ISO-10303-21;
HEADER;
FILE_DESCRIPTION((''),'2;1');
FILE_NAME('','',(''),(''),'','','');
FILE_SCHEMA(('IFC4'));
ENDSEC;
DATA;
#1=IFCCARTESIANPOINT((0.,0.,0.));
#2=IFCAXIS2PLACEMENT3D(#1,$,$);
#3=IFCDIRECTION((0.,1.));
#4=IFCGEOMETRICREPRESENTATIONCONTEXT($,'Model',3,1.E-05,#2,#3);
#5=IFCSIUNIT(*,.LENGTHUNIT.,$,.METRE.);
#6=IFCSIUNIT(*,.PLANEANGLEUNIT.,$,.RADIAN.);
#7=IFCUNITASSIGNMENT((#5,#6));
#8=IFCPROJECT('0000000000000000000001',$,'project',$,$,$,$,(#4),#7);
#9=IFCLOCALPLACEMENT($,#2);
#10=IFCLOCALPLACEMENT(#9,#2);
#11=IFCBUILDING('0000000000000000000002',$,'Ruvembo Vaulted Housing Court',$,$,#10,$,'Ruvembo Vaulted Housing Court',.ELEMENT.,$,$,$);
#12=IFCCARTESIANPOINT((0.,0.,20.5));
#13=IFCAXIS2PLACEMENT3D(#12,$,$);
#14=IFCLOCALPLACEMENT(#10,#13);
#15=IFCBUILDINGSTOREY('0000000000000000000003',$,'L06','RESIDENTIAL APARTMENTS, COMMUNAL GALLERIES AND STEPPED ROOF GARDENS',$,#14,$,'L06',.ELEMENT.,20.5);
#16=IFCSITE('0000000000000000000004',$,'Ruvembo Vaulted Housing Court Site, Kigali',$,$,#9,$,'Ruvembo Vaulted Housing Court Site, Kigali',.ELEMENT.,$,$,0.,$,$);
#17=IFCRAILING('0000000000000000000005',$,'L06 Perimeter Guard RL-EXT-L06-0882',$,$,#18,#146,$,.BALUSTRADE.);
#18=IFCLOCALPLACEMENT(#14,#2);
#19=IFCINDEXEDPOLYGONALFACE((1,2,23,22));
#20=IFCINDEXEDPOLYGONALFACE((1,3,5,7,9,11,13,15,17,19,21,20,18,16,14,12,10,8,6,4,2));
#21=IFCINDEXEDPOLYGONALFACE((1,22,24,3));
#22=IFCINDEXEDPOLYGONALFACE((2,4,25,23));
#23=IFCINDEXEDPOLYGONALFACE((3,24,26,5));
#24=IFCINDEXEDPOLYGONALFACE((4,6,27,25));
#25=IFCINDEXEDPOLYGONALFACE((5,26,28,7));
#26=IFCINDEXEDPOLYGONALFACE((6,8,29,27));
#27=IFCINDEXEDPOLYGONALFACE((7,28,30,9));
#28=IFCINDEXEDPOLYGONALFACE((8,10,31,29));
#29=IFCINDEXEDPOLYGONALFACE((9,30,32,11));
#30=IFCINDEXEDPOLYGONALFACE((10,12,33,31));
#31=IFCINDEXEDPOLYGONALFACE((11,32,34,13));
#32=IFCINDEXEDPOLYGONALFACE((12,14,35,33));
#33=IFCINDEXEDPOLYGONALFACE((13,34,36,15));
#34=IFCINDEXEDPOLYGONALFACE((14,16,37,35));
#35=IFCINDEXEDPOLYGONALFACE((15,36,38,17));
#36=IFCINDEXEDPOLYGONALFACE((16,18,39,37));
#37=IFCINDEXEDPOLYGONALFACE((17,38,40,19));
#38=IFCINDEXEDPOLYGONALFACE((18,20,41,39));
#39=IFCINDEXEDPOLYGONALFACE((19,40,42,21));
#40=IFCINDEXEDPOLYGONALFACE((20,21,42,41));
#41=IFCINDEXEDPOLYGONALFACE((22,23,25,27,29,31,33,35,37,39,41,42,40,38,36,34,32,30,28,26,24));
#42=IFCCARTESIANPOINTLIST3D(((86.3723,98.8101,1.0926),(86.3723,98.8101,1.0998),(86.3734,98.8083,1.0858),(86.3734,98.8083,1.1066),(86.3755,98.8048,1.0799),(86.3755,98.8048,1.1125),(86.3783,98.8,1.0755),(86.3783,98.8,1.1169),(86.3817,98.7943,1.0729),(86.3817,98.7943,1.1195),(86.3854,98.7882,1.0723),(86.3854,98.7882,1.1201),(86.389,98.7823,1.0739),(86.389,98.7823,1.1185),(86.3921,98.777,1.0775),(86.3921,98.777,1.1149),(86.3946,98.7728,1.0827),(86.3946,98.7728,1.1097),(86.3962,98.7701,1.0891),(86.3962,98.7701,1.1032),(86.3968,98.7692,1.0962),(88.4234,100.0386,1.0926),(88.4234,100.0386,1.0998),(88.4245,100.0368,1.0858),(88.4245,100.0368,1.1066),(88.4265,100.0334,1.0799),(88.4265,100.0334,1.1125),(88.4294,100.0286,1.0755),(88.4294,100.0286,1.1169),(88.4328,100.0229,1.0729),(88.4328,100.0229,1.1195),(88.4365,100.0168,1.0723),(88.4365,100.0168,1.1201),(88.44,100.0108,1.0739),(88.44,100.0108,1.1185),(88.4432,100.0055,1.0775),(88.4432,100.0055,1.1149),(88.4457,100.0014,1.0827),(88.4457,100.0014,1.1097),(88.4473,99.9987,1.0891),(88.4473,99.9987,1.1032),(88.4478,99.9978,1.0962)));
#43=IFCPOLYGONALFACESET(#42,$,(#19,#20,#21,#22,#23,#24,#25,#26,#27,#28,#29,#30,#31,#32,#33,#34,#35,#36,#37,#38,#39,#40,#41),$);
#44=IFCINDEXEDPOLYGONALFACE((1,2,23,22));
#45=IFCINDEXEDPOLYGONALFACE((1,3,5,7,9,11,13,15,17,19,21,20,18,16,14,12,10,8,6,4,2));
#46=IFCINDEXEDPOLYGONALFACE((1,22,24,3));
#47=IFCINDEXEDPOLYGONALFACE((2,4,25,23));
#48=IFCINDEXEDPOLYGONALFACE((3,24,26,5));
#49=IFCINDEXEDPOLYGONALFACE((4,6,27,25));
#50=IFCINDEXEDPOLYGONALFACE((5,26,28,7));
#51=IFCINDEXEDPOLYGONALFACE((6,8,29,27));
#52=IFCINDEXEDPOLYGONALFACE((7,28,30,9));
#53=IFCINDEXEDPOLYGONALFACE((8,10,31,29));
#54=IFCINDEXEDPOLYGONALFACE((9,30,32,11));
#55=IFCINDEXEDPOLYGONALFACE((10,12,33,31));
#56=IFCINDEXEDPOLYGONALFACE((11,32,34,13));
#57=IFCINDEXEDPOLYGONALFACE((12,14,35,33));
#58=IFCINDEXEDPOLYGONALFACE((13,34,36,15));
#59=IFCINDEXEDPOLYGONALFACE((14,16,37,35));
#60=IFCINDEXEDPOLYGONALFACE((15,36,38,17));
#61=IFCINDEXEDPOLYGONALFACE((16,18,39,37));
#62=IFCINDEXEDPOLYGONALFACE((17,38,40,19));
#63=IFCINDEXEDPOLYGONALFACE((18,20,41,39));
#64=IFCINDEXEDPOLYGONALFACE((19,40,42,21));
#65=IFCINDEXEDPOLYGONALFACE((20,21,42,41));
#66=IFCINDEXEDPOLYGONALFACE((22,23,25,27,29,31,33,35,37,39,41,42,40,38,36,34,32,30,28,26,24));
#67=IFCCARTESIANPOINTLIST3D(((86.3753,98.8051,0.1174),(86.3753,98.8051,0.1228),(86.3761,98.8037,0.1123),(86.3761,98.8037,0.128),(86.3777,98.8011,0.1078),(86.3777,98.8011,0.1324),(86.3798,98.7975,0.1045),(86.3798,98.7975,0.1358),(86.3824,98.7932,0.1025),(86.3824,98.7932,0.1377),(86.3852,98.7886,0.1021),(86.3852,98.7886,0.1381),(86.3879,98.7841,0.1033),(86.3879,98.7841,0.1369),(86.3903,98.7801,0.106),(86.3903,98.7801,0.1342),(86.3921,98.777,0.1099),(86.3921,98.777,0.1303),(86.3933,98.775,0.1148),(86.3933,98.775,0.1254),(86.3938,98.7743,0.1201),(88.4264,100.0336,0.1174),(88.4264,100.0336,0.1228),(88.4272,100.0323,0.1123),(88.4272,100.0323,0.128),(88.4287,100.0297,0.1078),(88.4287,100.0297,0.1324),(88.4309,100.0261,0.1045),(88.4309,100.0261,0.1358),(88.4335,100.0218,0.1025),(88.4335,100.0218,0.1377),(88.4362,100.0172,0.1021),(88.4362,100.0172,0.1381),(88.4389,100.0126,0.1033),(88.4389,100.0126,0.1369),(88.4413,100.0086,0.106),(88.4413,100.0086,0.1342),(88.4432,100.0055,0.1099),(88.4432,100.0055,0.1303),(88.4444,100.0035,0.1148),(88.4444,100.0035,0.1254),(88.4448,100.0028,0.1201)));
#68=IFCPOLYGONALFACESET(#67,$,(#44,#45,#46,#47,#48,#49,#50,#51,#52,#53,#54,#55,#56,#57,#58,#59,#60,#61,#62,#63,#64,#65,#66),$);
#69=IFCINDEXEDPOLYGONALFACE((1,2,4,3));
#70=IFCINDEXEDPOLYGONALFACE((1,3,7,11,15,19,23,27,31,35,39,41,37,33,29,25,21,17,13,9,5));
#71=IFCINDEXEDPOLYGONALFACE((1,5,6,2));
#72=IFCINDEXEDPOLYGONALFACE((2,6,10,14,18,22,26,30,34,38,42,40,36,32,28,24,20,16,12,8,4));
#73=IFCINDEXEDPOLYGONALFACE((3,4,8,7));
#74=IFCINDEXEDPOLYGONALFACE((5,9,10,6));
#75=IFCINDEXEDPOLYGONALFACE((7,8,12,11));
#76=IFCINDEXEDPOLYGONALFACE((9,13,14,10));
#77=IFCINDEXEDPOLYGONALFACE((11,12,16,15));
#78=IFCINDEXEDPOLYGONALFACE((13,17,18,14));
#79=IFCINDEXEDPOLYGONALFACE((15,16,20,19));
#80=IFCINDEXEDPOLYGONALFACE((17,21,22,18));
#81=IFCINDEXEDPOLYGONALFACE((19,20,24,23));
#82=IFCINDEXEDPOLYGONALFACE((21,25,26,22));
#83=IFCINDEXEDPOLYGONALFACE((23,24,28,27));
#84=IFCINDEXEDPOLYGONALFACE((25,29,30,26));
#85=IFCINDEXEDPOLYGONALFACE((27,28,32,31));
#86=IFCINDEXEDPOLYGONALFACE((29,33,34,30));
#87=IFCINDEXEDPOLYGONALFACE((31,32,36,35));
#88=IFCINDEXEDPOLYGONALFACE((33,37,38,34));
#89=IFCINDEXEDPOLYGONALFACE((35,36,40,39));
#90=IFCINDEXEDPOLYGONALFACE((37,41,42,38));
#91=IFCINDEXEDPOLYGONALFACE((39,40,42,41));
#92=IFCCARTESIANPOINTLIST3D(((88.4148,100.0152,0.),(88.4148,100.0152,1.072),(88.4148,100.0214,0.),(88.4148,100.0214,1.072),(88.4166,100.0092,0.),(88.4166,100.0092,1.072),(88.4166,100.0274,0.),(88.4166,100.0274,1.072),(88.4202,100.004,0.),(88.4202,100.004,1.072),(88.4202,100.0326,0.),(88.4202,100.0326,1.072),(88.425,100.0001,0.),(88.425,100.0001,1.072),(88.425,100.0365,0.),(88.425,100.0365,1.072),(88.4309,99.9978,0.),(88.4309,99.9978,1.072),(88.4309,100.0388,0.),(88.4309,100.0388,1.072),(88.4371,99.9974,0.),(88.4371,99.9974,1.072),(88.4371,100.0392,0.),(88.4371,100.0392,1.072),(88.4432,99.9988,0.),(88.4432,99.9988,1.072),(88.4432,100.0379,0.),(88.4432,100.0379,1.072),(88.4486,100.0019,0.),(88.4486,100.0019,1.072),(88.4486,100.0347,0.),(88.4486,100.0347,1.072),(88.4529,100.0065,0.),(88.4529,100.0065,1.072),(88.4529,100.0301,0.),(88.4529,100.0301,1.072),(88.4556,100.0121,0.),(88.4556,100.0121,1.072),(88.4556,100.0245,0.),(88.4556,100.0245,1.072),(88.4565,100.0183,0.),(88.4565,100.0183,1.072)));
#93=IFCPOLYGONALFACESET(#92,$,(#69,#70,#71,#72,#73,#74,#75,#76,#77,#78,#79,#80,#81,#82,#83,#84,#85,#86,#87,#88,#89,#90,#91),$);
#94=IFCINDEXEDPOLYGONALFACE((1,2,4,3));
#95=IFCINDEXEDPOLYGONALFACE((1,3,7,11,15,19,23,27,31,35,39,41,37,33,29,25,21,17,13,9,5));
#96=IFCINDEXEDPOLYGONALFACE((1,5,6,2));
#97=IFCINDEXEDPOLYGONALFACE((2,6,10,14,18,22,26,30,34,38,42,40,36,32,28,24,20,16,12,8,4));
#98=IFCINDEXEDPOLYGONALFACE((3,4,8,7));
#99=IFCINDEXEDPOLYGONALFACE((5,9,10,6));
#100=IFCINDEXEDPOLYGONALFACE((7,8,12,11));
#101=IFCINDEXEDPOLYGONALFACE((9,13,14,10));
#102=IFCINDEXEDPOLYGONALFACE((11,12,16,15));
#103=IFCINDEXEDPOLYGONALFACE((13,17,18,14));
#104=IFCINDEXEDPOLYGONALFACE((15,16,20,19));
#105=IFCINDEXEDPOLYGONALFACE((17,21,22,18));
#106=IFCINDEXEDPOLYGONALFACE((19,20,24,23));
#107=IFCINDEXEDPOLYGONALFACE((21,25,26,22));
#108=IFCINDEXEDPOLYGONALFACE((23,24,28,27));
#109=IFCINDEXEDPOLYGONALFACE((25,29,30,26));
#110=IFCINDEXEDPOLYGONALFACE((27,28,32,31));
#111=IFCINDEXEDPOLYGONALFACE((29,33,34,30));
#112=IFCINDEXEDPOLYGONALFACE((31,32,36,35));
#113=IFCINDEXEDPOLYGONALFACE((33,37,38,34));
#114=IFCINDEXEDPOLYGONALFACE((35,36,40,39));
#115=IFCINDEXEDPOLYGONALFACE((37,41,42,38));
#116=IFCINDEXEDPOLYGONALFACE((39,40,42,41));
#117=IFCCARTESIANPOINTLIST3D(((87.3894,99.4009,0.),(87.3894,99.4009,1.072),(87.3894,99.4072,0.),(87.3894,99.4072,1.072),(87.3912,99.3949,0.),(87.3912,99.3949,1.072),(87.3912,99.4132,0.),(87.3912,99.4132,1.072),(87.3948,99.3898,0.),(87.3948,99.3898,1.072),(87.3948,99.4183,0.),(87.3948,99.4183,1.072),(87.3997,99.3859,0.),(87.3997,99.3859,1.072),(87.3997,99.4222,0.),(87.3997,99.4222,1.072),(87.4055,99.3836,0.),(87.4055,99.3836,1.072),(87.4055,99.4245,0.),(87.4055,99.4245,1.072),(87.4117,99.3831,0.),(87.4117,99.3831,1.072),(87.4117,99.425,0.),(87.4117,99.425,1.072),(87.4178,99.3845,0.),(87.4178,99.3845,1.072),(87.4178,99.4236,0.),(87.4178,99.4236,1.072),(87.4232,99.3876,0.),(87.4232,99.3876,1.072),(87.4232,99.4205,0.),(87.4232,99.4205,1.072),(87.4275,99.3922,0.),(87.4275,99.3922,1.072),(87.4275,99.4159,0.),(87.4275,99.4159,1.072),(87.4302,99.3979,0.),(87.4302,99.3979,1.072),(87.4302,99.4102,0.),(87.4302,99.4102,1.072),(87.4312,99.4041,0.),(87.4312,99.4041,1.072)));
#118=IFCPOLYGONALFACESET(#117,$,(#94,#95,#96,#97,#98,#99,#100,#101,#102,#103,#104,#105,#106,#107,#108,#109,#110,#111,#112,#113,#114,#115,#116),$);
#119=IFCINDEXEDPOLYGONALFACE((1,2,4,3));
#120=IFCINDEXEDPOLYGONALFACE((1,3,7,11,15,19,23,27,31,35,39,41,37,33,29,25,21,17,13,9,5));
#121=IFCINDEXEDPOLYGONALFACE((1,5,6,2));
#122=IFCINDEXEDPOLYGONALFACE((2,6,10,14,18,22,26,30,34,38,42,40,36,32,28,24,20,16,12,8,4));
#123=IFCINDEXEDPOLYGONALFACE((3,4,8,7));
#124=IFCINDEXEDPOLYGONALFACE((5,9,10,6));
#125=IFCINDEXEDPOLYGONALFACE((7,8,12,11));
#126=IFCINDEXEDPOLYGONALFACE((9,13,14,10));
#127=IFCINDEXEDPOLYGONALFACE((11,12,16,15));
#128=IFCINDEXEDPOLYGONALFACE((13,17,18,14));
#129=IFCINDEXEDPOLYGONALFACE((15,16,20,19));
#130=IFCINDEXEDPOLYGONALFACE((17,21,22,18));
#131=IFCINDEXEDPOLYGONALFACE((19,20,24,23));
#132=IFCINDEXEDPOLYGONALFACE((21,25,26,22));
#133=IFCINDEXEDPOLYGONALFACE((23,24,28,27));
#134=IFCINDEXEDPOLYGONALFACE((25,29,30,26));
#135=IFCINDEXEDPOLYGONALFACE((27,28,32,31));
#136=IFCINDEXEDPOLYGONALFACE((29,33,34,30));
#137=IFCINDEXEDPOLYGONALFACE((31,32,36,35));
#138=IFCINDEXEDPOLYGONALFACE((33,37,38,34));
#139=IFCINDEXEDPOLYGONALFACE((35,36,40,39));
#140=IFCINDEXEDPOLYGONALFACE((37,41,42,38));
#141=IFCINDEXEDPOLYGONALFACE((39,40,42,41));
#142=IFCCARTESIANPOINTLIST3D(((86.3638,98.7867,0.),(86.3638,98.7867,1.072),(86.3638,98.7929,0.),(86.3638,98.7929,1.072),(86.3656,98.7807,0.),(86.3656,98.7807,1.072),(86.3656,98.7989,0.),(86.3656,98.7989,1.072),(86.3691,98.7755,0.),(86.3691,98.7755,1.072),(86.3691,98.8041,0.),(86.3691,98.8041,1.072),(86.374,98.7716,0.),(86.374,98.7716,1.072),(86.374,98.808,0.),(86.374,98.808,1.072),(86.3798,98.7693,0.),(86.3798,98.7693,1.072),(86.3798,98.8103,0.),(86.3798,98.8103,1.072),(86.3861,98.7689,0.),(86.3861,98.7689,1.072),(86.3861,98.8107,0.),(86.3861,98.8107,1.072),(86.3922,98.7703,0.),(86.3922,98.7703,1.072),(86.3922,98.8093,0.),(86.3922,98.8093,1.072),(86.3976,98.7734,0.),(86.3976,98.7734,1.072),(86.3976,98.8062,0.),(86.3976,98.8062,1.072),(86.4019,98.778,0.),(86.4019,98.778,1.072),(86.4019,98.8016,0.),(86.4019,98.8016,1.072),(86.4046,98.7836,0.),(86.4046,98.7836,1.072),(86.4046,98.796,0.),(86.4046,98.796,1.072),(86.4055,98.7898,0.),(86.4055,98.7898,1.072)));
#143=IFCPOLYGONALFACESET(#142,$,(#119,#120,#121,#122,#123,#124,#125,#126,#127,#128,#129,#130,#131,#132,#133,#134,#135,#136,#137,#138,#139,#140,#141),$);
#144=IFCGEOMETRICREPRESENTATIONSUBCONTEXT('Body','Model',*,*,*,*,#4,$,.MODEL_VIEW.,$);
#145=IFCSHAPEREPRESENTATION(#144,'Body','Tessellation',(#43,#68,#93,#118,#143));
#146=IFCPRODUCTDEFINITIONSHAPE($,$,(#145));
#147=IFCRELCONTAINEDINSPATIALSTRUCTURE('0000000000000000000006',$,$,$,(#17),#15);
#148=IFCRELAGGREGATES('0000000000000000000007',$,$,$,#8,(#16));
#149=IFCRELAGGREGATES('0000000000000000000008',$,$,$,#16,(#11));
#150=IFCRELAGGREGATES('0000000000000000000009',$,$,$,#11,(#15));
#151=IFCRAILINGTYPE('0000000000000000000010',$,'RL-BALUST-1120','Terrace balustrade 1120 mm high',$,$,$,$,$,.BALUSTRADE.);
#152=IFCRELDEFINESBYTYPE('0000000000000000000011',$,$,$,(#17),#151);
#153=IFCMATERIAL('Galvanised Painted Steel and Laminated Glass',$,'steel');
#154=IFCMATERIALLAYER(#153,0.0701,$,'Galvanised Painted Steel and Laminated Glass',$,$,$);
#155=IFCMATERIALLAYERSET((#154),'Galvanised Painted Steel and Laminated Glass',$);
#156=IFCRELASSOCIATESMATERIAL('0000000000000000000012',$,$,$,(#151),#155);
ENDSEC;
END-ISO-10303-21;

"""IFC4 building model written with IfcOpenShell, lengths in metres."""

from ifc_helpers import new_model, si_unit, direction, frame, origin, origin_2d, place, context, subcontext, project, spatial, circle, extrude, material, layer, layer_set, type_object, element, save


model = new_model("IFC4")

# Units and contexts
model_context = context("Model", 3, precision=1e-05, world=origin(), true_north=direction((0.0, 1.0)))
body_context = subcontext(model_context, "Body", "Model", "MODEL_VIEW")
ifc_project = project(units=[si_unit("LENGTHUNIT", "METRE"), si_unit("PLANEANGLEUNIT", "RADIAN")], contexts=[model_context])

# Site, building, storey
site_placement = place(None, origin())
site = spatial("IfcSite", under=ifc_project, at=site_placement, Name="Ruvembo Vaulted Housing Court Site, Kigali", LongName="Ruvembo Vaulted Housing Court Site, Kigali", CompositionType="ELEMENT", RefElevation=0.0)
building_placement = place(site_placement, origin())
building = spatial("IfcBuilding", under=site, at=building_placement, Name="Ruvembo Vaulted Housing Court", LongName="Ruvembo Vaulted Housing Court", CompositionType="ELEMENT")
storey_placement = place(building_placement, frame((0.0, 0.0, 20.5)))
storey = spatial("IfcBuildingStorey", under=building, at=storey_placement, Name="L06", Description="RESIDENTIAL APARTMENTS, COMMUNAL GALLERIES AND STEPPED ROOF GARDENS", LongName="L06", CompositionType="ELEMENT", Elevation=20.5)

# Railing
ifc_material_1 = material(Name="Galvanised Painted Steel and Laminated Glass", Category="steel")
ifc_layer_1 = layer(ifc_material_1, 0.0701, Name="Galvanised Painted Steel and Laminated Glass")
ifc_layer_set_1 = layer_set([ifc_layer_1], Name="Galvanised Painted Steel and Laminated Glass")
railing_type = type_object("IfcRailingType", Name="RL-BALUST-1120", Description="Terrace balustrade 1120 mm high", PredefinedType="BALUSTRADE", material=ifc_layer_set_1)
railing_1_placement = place(storey_placement, frame((88.4355, 100.0183, 0.0)))
element("IfcRailing", 1, at=railing_1_placement, inside=storey, type_object=railing_type, Name="L06 Perimeter Guard RL-EXT-L06-0882", PredefinedType="BALUSTRADE", context=body_context, shape_type="SweptSolid", body=[
    extrude(circle(Radius=0.0239, at=origin_2d()), frame((0.0, 0.0, 1.0962), z_axis=(-0.85788, -0.51385, 0.0), x_axis=(0.51385, -0.85788, 0.0)), (0.0, 0.0, 1.0), 2.3909),
    extrude(circle(Radius=0.0181, at=origin_2d()), frame((0.0, 0.0, 0.1201), z_axis=(-0.85788, -0.51385, 0.0), x_axis=(0.51385, -0.85788, 0.0)), (0.0, 0.0, 1.0), 2.3909),
    extrude(circle(Radius=0.021, at=origin_2d()), origin(), (0.0, 0.0, 1.0), 1.072),
    extrude(circle(Radius=0.021, at=origin_2d()), frame((-1.0254, -0.6143, 0.0)), (0.0, 0.0, 1.0), 1.072),
    extrude(circle(Radius=0.021, at=origin_2d()), frame((-2.051, -1.2285, 0.0)), (0.0, 0.0, 1.0), 1.072),
])

save(model, "model.ifc")
